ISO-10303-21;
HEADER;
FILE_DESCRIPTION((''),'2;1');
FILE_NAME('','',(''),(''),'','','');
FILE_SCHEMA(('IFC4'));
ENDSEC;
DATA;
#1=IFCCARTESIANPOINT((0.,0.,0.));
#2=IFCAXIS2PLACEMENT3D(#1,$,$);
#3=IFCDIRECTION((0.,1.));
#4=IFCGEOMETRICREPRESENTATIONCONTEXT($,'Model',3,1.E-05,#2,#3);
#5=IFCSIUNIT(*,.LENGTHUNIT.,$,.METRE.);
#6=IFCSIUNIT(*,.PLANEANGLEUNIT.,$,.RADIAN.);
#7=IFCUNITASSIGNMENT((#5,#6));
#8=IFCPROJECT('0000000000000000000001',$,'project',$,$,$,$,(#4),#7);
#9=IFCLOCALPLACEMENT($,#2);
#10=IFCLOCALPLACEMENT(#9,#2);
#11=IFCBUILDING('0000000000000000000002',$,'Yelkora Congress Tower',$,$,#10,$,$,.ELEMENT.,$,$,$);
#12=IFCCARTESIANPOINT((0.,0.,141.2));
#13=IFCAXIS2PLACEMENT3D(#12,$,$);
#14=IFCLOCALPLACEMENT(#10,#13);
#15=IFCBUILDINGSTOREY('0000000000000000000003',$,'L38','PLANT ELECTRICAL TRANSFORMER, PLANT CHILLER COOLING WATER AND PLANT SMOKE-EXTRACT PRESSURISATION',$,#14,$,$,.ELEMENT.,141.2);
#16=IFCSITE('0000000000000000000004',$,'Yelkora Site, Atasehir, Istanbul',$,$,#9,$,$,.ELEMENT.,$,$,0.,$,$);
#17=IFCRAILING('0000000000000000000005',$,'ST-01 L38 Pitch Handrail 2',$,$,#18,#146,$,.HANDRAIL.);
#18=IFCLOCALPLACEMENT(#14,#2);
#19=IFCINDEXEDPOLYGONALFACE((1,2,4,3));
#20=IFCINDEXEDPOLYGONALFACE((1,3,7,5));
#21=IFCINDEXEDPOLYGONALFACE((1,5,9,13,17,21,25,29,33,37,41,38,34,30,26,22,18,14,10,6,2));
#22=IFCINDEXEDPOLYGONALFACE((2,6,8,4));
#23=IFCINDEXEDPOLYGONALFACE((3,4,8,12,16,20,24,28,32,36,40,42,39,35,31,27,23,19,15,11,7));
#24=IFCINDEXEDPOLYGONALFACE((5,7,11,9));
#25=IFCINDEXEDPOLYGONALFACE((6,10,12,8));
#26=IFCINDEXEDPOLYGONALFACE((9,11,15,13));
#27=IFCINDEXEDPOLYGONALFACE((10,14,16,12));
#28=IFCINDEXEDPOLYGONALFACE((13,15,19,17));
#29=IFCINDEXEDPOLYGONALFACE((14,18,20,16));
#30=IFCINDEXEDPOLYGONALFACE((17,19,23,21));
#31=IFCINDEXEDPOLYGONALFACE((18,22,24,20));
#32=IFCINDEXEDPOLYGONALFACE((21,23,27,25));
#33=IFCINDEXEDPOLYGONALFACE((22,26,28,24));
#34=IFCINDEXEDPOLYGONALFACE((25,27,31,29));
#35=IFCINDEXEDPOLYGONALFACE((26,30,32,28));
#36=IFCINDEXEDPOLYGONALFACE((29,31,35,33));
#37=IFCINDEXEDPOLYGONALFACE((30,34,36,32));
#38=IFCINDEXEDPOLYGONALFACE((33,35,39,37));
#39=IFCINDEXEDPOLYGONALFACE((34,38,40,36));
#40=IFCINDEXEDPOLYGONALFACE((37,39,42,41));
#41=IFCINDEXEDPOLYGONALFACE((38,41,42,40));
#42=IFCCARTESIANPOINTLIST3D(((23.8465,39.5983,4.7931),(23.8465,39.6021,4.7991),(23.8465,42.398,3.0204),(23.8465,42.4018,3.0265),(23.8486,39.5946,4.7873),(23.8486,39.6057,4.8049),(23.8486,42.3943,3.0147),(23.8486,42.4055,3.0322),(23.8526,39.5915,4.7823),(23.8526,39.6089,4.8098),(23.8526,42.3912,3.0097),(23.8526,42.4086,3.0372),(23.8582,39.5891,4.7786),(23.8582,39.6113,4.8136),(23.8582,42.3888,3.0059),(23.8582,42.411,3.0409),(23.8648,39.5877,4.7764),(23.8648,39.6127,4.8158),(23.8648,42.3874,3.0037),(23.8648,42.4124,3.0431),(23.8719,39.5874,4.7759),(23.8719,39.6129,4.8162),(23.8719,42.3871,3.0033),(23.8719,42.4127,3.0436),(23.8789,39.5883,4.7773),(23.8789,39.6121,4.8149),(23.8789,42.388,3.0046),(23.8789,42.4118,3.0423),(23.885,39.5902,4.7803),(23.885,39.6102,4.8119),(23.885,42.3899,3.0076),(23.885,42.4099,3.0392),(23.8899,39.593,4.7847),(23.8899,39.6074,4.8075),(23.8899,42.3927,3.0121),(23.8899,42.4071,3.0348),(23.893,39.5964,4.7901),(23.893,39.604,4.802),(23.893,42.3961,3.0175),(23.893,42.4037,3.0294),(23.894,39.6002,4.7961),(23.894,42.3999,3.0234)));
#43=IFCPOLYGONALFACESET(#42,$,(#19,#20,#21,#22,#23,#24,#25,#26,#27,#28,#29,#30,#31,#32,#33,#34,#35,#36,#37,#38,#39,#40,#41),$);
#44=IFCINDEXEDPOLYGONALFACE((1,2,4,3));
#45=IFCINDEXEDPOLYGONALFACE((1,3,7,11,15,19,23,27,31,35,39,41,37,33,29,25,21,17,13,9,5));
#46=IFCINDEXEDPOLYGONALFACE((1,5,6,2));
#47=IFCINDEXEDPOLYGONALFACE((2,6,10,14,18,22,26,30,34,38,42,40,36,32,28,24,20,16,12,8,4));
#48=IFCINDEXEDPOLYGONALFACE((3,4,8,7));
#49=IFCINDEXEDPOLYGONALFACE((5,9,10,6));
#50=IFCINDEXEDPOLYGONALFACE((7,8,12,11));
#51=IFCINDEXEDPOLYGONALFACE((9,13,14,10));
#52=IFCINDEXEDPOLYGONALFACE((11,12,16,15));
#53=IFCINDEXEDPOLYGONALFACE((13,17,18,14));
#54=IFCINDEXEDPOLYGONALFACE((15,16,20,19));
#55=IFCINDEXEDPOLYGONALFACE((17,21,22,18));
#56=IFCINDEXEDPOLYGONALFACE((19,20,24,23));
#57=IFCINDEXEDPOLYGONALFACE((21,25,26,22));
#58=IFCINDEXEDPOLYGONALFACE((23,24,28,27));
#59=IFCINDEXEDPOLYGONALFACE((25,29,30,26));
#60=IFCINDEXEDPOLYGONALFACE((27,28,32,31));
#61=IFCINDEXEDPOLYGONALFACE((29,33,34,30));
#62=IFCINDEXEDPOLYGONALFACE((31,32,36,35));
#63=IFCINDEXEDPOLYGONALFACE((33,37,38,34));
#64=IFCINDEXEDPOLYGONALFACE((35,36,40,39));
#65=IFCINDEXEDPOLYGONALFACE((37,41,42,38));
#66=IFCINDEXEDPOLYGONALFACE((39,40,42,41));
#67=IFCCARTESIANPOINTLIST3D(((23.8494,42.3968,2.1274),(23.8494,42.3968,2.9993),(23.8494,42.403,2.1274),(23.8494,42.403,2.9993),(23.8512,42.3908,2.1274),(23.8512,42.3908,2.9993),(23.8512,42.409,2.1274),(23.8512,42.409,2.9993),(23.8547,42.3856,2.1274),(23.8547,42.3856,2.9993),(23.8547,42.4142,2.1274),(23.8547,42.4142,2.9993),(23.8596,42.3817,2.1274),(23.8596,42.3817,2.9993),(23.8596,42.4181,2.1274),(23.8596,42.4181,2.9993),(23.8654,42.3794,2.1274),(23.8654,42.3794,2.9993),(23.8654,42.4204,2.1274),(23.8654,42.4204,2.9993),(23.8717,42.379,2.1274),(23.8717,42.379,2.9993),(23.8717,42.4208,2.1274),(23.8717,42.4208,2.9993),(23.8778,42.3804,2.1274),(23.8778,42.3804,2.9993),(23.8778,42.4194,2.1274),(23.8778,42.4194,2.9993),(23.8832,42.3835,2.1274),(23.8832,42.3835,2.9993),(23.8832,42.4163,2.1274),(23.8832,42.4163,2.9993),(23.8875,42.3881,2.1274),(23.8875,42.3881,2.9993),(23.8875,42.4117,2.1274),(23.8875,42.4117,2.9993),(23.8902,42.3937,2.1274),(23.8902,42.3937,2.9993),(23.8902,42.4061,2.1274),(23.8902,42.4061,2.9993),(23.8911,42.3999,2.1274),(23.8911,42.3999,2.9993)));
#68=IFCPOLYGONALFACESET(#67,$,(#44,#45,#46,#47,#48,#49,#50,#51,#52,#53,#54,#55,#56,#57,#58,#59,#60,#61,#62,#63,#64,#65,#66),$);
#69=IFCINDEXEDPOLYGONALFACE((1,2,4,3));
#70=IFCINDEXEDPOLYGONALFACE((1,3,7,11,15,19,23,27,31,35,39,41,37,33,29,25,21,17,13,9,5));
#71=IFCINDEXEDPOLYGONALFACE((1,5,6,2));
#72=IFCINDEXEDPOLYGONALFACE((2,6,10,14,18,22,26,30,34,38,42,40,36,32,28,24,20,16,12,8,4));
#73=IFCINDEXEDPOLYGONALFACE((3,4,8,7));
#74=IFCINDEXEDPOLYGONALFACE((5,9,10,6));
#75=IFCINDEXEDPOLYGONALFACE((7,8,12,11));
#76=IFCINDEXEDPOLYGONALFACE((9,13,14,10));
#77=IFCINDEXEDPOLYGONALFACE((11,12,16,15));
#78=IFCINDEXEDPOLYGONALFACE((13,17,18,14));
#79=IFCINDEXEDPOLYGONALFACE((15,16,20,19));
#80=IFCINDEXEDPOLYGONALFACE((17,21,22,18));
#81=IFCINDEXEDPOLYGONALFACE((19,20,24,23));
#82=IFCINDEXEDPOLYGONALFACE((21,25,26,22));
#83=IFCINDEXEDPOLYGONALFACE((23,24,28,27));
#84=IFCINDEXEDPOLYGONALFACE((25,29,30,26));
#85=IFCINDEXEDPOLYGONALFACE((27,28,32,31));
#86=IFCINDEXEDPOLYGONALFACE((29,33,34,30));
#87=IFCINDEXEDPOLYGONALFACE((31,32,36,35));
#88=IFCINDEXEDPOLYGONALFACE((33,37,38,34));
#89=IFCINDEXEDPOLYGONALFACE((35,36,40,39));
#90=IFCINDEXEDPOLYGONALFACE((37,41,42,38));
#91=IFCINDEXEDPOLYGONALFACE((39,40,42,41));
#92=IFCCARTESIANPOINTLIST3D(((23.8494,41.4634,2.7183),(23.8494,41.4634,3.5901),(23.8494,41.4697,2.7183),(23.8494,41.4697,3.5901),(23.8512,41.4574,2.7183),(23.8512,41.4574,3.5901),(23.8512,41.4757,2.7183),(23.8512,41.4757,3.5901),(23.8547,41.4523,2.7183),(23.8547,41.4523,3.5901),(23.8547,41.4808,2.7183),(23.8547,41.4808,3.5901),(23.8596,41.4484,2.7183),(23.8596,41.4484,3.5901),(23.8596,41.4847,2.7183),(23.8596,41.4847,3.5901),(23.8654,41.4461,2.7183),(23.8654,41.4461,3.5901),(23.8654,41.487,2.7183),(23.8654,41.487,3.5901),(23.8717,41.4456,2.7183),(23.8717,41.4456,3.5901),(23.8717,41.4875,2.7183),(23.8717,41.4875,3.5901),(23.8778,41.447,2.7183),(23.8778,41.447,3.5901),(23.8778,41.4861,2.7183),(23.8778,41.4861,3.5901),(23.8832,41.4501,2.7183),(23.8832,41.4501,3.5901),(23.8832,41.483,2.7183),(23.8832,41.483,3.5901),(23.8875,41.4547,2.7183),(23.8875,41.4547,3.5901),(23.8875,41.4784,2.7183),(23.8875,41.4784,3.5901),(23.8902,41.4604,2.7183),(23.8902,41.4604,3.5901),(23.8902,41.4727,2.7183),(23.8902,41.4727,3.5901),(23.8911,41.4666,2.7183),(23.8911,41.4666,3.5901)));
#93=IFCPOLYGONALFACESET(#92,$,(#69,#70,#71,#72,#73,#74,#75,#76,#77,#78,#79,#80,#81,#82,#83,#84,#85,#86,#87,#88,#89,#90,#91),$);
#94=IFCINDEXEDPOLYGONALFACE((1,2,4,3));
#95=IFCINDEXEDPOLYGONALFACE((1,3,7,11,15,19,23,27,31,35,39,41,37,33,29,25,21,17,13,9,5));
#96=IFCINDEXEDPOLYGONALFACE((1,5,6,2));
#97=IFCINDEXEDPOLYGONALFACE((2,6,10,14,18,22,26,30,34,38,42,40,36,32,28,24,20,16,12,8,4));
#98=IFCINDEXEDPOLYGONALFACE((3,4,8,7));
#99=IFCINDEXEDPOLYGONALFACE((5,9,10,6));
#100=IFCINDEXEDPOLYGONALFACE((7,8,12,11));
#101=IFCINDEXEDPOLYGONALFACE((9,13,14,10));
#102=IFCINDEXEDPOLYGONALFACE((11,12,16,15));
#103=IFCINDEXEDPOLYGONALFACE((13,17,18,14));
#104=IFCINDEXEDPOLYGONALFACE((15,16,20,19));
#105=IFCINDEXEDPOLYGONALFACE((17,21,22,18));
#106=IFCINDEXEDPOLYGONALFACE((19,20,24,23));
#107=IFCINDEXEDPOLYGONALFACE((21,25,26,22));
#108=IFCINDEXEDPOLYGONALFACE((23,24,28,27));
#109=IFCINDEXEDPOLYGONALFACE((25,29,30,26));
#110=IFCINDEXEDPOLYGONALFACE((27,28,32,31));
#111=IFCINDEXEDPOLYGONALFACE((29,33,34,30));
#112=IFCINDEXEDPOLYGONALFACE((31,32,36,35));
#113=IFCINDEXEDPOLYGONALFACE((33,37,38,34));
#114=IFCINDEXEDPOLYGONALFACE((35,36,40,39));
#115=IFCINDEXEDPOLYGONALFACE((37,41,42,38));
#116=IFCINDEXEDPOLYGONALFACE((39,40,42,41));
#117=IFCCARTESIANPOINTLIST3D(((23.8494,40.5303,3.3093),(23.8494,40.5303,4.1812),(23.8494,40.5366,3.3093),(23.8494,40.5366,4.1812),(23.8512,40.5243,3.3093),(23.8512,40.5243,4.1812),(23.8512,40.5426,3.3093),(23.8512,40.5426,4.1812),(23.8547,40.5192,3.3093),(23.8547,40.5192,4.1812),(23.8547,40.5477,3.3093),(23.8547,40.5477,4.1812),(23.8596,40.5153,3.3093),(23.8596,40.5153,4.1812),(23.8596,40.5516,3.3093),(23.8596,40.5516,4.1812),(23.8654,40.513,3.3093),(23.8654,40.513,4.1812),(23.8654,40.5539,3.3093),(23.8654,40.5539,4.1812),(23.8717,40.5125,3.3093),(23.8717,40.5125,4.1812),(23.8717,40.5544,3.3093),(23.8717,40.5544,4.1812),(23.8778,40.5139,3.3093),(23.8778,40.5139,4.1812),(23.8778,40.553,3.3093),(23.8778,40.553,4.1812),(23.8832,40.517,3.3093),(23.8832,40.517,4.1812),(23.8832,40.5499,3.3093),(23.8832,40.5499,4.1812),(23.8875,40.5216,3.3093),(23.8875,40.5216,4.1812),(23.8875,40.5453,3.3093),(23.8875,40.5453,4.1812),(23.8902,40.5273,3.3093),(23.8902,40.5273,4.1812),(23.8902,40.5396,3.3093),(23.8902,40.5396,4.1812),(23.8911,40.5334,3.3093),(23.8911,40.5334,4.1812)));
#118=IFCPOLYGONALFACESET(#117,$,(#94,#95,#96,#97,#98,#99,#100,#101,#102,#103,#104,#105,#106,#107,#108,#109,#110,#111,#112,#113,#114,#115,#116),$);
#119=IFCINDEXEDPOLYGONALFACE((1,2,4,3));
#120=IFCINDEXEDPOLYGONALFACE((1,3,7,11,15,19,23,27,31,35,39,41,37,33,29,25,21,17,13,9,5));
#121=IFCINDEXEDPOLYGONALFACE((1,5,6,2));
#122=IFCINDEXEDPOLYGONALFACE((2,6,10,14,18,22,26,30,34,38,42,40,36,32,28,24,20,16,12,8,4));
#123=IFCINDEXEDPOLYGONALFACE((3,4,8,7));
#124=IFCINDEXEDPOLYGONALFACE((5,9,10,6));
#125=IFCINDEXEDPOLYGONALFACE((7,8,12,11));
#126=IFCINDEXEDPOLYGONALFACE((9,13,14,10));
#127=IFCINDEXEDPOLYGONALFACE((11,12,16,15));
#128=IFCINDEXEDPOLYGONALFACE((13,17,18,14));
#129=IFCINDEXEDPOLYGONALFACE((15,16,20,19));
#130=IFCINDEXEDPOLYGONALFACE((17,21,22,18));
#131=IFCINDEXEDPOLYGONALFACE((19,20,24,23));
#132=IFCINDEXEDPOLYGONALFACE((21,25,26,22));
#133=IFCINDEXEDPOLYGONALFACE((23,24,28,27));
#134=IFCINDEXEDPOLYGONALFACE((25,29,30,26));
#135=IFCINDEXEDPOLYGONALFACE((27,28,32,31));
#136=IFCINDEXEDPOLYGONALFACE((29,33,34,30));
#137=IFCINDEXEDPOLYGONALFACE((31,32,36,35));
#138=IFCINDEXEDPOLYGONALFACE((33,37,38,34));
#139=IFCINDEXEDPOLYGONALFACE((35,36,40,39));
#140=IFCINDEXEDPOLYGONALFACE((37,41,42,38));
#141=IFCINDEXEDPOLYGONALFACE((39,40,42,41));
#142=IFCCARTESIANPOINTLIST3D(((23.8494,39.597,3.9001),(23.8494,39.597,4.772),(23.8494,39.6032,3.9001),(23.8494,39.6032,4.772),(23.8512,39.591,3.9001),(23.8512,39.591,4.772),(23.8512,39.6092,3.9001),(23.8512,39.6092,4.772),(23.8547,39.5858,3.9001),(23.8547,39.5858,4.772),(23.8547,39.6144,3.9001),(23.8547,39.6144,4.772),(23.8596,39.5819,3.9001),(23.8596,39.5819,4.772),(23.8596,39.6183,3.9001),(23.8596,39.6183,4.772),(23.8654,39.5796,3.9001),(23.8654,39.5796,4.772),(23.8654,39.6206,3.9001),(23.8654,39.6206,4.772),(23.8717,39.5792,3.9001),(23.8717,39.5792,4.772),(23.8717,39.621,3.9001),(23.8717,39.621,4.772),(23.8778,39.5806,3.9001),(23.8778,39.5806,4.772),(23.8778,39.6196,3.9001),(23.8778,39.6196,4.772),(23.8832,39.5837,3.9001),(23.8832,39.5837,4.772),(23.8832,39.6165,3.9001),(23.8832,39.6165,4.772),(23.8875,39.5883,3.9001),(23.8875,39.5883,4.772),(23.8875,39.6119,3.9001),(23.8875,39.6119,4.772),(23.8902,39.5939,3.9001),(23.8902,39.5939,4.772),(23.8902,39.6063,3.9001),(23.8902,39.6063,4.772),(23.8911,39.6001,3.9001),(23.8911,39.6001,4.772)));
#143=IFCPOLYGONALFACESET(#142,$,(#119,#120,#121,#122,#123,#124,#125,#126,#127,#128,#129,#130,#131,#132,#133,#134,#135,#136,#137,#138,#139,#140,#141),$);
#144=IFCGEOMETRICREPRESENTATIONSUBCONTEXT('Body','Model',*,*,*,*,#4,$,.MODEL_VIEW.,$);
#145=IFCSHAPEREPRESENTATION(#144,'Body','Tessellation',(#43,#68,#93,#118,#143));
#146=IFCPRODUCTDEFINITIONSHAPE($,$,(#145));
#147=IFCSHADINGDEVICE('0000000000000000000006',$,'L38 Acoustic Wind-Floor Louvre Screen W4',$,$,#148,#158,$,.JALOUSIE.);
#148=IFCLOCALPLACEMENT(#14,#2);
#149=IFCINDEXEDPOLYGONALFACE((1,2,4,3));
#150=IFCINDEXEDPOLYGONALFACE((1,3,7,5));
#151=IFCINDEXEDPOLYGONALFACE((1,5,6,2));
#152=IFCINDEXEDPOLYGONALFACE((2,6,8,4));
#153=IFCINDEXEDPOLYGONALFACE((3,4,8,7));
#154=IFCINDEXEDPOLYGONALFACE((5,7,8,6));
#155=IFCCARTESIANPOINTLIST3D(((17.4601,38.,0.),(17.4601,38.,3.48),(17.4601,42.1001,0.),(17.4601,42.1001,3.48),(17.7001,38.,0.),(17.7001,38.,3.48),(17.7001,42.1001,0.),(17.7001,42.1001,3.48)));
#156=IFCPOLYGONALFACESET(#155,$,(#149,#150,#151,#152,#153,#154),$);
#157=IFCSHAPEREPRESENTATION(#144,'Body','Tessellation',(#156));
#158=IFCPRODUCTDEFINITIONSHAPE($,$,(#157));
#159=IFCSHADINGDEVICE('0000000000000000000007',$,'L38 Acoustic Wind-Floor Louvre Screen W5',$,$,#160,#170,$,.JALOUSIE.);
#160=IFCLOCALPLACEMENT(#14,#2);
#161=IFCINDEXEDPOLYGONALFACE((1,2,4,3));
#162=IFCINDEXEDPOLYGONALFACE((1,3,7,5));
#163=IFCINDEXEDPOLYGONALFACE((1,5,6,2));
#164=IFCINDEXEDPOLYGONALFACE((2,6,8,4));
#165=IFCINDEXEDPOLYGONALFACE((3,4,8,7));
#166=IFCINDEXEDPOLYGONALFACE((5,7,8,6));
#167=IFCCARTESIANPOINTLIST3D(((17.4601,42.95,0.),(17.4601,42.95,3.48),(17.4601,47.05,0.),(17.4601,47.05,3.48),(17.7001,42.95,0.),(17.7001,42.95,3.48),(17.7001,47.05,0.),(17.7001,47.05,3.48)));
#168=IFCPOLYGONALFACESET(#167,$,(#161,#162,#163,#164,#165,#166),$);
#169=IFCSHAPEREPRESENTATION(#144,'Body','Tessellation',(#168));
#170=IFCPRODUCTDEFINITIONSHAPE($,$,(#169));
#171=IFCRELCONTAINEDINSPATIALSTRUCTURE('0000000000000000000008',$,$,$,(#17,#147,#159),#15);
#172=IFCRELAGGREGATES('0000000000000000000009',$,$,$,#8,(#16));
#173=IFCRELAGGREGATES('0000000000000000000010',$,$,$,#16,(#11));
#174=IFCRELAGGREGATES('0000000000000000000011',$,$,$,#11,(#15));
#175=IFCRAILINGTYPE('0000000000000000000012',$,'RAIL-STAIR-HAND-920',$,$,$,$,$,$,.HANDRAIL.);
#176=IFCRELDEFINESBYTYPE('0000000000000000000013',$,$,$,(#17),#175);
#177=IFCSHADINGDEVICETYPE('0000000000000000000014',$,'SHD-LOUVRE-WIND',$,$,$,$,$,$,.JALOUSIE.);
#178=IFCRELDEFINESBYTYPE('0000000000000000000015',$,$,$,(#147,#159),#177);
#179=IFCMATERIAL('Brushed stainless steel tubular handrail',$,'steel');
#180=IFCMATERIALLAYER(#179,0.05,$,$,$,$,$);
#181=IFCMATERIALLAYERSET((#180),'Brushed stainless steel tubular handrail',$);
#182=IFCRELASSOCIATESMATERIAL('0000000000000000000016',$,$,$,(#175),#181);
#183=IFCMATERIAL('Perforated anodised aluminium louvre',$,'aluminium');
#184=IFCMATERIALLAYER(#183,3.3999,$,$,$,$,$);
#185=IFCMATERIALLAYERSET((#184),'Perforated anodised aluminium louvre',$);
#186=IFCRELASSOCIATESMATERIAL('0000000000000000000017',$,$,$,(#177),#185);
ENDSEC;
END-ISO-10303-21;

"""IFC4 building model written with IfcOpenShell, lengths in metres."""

from ifc_helpers import new_model, si_unit, direction, frame, origin, origin_2d, place, context, subcontext, project, spatial, rectangle, circle, extrude, material, layer, layer_set, type_object, element, save


model = new_model("IFC4")

# Units and contexts
model_context = context("Model", 3, precision=1e-05, world=origin(), true_north=direction((0.0, 1.0)))
body_context = subcontext(model_context, "Body", "Model", "MODEL_VIEW")
ifc_project = project(units=[si_unit("LENGTHUNIT", "METRE"), si_unit("PLANEANGLEUNIT", "RADIAN")], contexts=[model_context])

# Site, building, storey
site_placement = place(None, origin())
site = spatial("IfcSite", under=ifc_project, at=site_placement, Name="Yelkora Site, Atasehir, Istanbul", CompositionType="ELEMENT", RefElevation=0.0)
building_placement = place(site_placement, origin())
building = spatial("IfcBuilding", under=site, at=building_placement, Name="Yelkora Congress Tower", CompositionType="ELEMENT")
storey_placement = place(building_placement, frame((0.0, 0.0, 141.2)))
storey = spatial("IfcBuildingStorey", under=building, at=storey_placement, Name="L38", Description="PLANT ELECTRICAL TRANSFORMER, PLANT CHILLER COOLING WATER AND PLANT SMOKE-EXTRACT PRESSURISATION", CompositionType="ELEMENT", Elevation=141.2)

# Railing
ifc_material_1 = material(Name="Brushed stainless steel tubular handrail", Category="steel")
ifc_layer_1 = layer(ifc_material_1, 0.05)
ifc_layer_set_1 = layer_set([ifc_layer_1], Name="Brushed stainless steel tubular handrail")
railing_type_1 = type_object("IfcRailingType", Name="RAIL-STAIR-HAND-920", PredefinedType="HANDRAIL", material=ifc_layer_set_1)
railing_1_placement = place(storey_placement, frame((23.8701, 42.3999, 2.1274)))
element("IfcRailing", 1, at=railing_1_placement, inside=storey, type_object=railing_type_1, Name="ST-01 L38 Pitch Handrail 2", PredefinedType="HANDRAIL", context=body_context, shape_type="SweptSolid", body=[
    extrude(circle(Radius=0.0239, at=origin_2d()), frame((0.0, 0.0, 0.896), z_axis=(0.0, -0.844888, 0.534943), x_axis=(1.0, 0.0, 0.0)), (0.0, 0.0, 1.0), 3.3137),
    extrude(circle(Radius=0.021, at=origin_2d()), origin(), (0.0, 0.0, 1.0), 0.8718),
    extrude(circle(Radius=0.021, at=origin_2d()), frame((0.0, -0.9333, 0.5908)), (0.0, 0.0, 1.0), 0.8718),
    extrude(circle(Radius=0.021, at=origin_2d()), frame((0.0, -1.8665, 1.1819)), (0.0, 0.0, 1.0), 0.8718),
    extrude(circle(Radius=0.021, at=origin_2d()), frame((0.0, -2.7998, 1.7727)), (0.0, 0.0, 1.0), 0.8718),
])

# Shading devices
ifc_material_2 = material(Name="Perforated anodised aluminium louvre", Category="aluminium")
ifc_layer_2 = layer(ifc_material_2, 3.3999)
ifc_layer_set_2 = layer_set([ifc_layer_2], Name="Perforated anodised aluminium louvre")
shading_device_type = type_object("IfcShadingDeviceType", Name="SHD-LOUVRE-WIND", PredefinedType="JALOUSIE", material=ifc_layer_set_2)
for number, where, z_axis, x_axis, name in (
    (2, (17.5801, 40.05, 0.0), (0.0, 0.0, 1.0), (1.0, 0.0, 0.0), "L38 Acoustic Wind-Floor Louvre Screen W4"),
    (3, (17.5801, 45.0, 0.0), (0.0, 0.0, 1.0), (1.0, 0.0, 0.0), "L38 Acoustic Wind-Floor Louvre Screen W5"),
):
    element("IfcShadingDevice", number, at=place(storey_placement, frame(where, z_axis=z_axis, x_axis=x_axis)), inside=storey, type_object=shading_device_type, Name=name, PredefinedType="JALOUSIE", context=body_context, shape_type="SweptSolid", body=[
        extrude(rectangle(XDim=0.24, YDim=4.1001, at=origin_2d()), origin(), (0.0, 0.0, 1.0), 3.48),
    ])

save(model, "model.ifc")
